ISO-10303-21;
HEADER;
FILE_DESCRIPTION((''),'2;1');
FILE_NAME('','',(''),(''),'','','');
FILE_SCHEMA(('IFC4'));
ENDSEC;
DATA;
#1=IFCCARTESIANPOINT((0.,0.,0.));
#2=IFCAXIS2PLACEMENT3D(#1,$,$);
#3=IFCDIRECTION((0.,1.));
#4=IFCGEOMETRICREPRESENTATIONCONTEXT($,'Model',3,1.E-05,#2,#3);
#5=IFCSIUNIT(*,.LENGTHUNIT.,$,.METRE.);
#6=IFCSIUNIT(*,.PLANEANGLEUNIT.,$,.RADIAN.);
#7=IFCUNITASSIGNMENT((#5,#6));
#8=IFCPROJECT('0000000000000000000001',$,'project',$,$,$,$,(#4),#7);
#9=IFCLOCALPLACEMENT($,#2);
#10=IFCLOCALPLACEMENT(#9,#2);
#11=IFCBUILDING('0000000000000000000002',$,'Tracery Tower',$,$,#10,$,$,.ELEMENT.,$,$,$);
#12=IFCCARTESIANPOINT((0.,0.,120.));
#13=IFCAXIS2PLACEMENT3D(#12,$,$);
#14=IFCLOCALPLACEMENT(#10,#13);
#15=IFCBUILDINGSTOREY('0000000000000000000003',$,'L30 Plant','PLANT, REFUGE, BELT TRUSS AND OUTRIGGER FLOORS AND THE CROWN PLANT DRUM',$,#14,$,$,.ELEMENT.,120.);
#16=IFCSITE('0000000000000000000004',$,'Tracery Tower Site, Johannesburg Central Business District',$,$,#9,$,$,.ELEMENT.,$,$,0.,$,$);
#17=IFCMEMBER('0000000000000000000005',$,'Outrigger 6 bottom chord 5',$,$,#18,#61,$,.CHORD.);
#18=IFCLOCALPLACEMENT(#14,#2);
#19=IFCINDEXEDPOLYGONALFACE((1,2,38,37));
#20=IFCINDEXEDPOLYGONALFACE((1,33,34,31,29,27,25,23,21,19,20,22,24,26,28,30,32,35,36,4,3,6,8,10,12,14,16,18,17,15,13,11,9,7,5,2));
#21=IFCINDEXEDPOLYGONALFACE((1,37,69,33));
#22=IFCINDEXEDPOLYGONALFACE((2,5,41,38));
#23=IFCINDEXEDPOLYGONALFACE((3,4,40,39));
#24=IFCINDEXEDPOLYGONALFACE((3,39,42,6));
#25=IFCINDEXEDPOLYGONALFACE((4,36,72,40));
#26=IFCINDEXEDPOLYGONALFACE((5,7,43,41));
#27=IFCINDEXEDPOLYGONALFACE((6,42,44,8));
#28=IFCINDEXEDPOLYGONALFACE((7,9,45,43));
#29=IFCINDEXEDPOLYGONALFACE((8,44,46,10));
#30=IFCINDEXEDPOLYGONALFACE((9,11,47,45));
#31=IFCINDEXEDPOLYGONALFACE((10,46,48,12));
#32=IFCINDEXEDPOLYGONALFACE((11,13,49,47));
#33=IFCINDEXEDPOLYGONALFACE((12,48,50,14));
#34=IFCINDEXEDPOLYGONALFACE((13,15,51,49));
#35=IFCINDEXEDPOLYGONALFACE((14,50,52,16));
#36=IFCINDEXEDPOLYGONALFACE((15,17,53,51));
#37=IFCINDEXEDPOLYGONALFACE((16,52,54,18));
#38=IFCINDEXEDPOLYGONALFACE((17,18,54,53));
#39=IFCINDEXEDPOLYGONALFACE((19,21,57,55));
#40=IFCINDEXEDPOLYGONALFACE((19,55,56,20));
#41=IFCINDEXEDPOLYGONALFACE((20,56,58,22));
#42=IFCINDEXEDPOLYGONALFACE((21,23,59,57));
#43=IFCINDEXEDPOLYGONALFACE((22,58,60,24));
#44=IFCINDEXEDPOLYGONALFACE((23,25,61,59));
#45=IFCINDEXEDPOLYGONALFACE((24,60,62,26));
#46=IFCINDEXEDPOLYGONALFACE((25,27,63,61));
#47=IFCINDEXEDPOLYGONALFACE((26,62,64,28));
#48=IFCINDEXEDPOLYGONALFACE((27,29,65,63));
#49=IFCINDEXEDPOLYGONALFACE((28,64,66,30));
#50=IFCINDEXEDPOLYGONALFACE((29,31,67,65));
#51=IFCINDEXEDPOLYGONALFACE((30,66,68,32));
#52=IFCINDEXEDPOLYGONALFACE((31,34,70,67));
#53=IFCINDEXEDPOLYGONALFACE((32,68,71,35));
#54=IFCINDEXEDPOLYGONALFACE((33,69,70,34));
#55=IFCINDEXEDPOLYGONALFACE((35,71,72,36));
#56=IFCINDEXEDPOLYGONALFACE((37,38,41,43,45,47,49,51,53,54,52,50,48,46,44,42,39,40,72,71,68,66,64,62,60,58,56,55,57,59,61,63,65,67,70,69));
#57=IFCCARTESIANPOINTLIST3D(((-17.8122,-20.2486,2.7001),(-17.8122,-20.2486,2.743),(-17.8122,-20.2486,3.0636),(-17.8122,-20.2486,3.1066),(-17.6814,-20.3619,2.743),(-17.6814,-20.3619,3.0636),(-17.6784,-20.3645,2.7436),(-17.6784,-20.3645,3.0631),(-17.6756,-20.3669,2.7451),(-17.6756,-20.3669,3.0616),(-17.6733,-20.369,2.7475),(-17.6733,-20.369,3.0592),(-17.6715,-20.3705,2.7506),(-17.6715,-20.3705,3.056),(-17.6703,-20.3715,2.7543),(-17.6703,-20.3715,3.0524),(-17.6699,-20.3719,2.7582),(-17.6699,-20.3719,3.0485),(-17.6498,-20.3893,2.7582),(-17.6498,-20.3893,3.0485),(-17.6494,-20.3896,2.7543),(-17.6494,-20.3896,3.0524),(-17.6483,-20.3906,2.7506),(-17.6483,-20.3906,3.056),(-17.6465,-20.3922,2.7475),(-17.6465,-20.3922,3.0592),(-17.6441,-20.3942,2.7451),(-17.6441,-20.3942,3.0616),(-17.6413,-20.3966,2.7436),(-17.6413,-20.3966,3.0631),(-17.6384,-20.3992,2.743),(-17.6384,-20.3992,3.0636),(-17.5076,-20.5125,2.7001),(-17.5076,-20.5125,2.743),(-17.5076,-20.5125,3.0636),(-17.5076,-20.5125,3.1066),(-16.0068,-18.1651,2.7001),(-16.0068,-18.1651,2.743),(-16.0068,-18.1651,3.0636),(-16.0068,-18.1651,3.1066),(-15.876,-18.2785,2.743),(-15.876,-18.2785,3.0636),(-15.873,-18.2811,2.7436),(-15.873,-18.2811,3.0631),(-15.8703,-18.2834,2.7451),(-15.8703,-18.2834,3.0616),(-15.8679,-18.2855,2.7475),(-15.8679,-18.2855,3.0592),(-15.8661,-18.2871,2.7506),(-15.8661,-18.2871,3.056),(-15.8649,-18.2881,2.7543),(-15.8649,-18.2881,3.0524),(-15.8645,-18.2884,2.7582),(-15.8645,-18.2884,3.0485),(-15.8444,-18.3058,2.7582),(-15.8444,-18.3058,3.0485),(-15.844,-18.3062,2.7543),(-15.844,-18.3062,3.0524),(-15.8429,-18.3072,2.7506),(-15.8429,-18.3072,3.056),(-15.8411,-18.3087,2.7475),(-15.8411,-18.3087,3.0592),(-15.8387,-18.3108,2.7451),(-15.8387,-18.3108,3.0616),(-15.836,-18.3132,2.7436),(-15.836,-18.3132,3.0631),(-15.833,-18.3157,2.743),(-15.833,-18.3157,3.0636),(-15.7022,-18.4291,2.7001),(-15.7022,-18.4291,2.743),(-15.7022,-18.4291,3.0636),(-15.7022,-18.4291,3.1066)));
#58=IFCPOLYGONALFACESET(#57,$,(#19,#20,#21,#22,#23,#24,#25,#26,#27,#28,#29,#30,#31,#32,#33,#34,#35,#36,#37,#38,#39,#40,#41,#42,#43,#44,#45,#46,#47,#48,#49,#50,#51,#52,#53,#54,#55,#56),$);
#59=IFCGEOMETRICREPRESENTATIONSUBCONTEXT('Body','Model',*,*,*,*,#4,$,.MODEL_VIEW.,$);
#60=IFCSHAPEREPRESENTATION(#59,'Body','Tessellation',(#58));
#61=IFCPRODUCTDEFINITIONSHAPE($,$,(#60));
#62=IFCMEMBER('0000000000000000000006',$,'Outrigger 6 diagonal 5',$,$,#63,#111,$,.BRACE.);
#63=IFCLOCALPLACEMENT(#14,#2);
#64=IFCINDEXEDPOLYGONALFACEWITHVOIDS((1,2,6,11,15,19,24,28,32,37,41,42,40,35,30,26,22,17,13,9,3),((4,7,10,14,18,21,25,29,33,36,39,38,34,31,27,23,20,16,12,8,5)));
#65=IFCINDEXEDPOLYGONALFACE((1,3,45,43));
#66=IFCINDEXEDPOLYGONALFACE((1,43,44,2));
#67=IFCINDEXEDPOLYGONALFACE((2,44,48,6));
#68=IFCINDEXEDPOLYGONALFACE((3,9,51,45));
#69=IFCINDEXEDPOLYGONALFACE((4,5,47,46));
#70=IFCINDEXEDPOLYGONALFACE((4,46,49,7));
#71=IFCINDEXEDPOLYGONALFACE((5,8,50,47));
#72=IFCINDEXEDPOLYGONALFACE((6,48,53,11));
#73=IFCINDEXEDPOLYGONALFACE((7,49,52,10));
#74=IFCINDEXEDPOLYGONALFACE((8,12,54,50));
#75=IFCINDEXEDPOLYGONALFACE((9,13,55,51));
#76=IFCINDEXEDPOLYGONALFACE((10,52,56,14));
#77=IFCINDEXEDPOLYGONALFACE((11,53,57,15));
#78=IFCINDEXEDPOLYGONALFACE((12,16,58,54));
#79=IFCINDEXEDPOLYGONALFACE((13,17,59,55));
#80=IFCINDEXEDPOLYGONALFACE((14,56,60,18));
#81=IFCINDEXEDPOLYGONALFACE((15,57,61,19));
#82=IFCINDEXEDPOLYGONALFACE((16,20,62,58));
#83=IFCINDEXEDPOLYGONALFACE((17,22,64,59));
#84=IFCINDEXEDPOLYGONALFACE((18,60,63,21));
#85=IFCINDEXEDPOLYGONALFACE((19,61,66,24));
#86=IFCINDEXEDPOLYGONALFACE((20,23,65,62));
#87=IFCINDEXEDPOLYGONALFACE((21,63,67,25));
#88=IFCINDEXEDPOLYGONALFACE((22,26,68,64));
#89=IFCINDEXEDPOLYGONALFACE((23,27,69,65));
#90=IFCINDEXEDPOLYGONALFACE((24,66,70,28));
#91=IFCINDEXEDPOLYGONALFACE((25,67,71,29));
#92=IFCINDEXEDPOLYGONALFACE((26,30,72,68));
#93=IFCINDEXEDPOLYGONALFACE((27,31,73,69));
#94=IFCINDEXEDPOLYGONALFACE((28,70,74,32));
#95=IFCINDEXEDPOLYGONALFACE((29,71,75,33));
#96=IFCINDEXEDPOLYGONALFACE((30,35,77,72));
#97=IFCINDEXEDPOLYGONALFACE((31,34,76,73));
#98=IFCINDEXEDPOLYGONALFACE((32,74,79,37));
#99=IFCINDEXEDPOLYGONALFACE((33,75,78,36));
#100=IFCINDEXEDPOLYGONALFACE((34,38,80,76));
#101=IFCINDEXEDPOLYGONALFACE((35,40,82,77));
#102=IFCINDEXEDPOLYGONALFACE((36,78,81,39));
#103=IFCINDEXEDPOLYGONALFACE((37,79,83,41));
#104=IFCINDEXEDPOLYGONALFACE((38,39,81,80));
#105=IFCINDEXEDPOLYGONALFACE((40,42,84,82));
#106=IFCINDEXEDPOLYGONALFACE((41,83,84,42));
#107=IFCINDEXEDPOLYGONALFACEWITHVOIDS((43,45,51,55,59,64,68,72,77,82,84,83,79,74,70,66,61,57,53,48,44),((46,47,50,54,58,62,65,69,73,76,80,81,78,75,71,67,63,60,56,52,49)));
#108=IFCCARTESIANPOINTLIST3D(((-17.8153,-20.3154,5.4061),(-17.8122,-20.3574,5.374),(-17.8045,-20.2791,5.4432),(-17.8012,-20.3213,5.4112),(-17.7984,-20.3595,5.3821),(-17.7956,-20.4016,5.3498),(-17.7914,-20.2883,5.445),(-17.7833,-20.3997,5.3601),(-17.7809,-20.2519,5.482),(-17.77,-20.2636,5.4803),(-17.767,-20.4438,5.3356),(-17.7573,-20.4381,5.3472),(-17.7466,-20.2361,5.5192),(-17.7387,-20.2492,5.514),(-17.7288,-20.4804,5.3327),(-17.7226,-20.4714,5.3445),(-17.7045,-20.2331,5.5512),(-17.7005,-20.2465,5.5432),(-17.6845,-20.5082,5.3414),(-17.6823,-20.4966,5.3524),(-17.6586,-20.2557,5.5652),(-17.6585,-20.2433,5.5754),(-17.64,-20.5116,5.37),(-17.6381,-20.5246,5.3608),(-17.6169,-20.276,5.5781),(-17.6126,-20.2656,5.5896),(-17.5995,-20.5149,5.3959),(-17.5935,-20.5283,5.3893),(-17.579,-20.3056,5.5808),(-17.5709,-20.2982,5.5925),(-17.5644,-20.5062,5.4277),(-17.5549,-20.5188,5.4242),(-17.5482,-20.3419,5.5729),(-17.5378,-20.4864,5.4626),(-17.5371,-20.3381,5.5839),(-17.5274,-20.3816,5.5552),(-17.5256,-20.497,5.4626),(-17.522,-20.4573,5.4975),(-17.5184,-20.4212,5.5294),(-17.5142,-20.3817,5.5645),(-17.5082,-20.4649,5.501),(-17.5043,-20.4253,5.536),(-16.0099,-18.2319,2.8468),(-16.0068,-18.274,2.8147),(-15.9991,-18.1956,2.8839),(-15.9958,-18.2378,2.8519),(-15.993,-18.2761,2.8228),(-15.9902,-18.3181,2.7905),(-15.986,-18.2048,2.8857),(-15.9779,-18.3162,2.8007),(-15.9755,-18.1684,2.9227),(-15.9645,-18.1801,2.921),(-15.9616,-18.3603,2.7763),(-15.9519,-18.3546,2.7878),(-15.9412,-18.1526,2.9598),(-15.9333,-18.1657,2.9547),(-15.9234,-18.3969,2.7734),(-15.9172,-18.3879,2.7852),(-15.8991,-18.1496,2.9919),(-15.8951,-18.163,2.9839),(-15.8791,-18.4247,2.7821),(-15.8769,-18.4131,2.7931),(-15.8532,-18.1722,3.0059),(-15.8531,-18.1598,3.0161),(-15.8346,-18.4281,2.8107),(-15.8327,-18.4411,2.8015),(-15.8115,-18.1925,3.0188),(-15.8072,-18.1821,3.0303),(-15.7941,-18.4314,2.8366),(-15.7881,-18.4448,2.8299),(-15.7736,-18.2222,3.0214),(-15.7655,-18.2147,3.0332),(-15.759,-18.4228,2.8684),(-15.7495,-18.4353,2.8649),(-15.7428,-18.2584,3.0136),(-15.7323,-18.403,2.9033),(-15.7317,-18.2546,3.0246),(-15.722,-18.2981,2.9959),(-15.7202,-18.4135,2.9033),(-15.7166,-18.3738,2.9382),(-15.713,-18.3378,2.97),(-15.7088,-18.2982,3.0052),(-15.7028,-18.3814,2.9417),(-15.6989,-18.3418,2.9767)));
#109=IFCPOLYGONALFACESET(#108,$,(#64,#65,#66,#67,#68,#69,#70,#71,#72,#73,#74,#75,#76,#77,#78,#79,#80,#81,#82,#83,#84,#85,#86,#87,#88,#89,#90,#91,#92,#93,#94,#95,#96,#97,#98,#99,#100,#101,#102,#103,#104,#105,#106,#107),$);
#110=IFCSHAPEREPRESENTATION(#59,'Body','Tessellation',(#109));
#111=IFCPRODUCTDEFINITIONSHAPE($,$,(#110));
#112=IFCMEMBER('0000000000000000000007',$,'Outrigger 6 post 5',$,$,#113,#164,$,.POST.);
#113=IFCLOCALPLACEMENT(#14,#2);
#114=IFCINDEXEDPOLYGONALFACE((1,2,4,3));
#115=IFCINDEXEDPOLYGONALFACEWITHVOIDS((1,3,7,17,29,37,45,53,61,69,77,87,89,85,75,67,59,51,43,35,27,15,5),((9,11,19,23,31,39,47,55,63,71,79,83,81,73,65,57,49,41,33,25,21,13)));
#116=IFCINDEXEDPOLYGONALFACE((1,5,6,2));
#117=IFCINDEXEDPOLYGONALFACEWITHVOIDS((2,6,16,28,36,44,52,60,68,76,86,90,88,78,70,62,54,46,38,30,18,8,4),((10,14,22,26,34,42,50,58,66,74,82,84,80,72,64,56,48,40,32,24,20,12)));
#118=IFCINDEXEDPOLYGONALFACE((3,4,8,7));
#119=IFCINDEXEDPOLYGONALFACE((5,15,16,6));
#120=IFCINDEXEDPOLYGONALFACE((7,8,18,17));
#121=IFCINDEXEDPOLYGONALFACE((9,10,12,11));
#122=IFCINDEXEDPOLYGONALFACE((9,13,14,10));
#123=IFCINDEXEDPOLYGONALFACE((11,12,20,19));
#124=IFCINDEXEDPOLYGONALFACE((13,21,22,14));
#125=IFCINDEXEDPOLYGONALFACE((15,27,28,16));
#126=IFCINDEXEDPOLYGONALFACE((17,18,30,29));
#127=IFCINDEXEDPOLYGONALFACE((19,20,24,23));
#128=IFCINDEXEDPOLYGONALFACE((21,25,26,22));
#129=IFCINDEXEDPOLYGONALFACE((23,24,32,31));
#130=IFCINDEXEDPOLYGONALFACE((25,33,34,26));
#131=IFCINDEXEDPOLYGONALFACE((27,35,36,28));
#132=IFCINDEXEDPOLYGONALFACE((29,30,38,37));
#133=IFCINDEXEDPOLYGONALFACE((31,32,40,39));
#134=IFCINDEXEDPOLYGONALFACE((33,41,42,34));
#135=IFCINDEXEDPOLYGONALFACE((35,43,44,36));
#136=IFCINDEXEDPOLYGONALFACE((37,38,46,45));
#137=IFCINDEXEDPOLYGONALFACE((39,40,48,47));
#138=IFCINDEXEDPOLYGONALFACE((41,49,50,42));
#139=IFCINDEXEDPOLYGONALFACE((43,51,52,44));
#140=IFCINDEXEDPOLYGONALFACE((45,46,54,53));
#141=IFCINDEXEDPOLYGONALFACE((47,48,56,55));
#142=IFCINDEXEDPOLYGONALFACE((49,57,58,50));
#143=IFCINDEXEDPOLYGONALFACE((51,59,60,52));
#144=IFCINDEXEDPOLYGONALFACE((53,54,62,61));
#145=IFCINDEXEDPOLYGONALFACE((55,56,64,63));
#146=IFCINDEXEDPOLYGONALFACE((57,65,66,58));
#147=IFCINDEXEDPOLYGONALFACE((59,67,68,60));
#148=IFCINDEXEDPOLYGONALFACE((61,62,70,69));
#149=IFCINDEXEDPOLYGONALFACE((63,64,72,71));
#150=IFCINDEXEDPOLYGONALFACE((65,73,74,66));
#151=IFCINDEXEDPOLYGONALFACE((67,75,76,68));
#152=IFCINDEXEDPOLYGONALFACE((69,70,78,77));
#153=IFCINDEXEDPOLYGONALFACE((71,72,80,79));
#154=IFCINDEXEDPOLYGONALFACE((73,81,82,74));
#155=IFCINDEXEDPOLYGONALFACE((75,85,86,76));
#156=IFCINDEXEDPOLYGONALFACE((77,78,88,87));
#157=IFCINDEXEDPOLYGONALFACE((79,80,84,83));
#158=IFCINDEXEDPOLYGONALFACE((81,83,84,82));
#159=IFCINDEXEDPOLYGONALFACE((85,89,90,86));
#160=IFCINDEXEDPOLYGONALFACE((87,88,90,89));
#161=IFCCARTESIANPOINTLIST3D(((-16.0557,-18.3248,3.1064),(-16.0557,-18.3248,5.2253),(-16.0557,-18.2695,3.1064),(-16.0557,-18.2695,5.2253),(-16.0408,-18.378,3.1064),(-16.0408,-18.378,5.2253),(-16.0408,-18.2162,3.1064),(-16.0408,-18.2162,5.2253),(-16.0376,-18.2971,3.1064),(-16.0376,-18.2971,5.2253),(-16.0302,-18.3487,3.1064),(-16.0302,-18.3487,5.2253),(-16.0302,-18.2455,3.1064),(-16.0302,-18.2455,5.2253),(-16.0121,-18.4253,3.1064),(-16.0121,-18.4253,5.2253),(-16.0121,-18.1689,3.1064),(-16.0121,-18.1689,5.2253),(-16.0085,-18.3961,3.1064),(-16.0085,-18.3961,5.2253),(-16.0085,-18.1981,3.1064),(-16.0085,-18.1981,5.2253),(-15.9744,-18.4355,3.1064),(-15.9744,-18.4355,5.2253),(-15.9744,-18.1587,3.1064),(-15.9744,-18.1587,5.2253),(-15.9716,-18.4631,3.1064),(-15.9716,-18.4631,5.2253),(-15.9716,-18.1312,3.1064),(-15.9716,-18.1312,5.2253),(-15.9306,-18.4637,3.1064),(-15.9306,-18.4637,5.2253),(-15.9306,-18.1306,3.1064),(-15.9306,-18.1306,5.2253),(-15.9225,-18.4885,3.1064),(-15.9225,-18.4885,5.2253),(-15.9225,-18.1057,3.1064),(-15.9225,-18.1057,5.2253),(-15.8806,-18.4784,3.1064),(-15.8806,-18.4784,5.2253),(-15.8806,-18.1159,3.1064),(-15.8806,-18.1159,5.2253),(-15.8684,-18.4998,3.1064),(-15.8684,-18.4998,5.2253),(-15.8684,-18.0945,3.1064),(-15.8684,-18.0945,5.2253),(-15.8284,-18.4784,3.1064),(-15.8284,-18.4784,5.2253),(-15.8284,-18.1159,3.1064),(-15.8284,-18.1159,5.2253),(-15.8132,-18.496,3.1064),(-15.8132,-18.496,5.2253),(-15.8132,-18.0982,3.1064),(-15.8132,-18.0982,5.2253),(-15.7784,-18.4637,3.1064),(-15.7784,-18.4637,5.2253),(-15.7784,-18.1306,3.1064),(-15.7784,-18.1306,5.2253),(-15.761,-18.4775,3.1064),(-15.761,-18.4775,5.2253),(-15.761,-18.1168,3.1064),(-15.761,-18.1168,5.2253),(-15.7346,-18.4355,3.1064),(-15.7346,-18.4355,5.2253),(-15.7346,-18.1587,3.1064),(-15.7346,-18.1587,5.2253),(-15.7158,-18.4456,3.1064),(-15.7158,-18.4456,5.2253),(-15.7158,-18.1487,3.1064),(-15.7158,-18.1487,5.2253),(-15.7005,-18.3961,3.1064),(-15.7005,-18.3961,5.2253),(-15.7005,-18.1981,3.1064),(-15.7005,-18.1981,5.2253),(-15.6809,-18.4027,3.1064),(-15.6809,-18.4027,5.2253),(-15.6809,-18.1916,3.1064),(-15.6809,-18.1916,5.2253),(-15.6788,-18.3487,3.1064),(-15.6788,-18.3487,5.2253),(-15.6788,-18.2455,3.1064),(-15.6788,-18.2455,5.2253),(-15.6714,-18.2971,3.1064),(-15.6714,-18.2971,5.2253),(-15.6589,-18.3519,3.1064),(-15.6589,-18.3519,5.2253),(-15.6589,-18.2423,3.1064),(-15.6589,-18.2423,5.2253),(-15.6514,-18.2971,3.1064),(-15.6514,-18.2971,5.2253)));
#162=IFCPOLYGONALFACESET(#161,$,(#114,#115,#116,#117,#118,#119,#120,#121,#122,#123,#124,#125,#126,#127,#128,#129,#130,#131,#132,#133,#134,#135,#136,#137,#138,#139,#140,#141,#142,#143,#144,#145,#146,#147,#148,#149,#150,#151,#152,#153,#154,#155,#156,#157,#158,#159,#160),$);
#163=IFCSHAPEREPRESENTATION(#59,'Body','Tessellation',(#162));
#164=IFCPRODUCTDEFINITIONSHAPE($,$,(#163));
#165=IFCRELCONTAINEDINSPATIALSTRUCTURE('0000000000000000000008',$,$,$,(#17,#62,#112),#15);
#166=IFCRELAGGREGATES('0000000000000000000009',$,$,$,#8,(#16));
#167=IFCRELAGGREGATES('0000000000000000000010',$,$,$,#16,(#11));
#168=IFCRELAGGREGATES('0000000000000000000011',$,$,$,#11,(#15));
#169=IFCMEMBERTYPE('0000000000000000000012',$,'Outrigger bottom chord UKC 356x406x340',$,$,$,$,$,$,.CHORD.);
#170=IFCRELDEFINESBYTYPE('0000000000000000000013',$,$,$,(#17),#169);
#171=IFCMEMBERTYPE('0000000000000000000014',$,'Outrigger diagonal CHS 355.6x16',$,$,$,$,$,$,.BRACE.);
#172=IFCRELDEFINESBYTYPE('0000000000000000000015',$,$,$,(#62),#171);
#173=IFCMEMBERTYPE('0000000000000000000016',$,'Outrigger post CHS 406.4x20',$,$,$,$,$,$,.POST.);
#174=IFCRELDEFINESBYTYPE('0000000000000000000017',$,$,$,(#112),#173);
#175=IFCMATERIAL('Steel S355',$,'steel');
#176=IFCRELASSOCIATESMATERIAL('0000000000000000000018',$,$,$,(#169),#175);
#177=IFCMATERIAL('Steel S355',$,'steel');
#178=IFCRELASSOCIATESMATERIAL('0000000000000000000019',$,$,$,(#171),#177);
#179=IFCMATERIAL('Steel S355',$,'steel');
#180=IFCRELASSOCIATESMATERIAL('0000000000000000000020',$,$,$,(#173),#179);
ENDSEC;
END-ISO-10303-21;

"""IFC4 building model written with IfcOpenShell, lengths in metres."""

from ifc_helpers import new_model, si_unit, direction, frame, origin, origin_2d, place, context, subcontext, project, spatial, hollow_circle, i_section, extrude, material, material_profile, profile_set, type_object, element, save


model = new_model("IFC4")

# Units and contexts
model_context = context("Model", 3, precision=1e-05, world=origin(), true_north=direction((0.0, 1.0)))
body_context = subcontext(model_context, "Body", "Model", "MODEL_VIEW")
ifc_project = project(units=[si_unit("LENGTHUNIT", "METRE"), si_unit("PLANEANGLEUNIT", "RADIAN")], contexts=[model_context])

# Site, building, storey
site_placement = place(None, origin())
site = spatial("IfcSite", under=ifc_project, at=site_placement, Name="Tracery Tower Site, Johannesburg Central Business District", CompositionType="ELEMENT", RefElevation=0.0)
building_placement = place(site_placement, origin())
building = spatial("IfcBuilding", under=site, at=building_placement, Name="Tracery Tower", CompositionType="ELEMENT")
storey_placement = place(building_placement, frame((0.0, 0.0, 120.0)))
storey = spatial("IfcBuildingStorey", under=building, at=storey_placement, Name="L30 Plant", Description="PLANT, REFUGE, BELT TRUSS AND OUTRIGGER FLOORS AND THE CROWN PLANT DRUM", CompositionType="ELEMENT", Elevation=120.0)

# Members
ifc_material_1 = material(Name="Steel S355", Category="steel")
ifc_material_profile_1 = material_profile(ifc_material_1, i_section(OverallWidth=0.4031, OverallDepth=0.4065, WebThickness=0.0266, FlangeThickness=0.043, FilletRadius=0.0151, at=origin_2d()), Name="UKC 356x406x340")
ifc_profile_set_1 = profile_set([ifc_material_profile_1], Name="Steel S355")
member_type_1 = type_object("IfcMemberType", Name="Outrigger bottom chord UKC 356x406x340", PredefinedType="CHORD", material=ifc_profile_set_1)
member_1_placement = place(storey_placement, frame((-15.8545, -18.2971, 2.9033), z_axis=(-0.654873, -0.755739, 0.0), x_axis=(0.755739, -0.654873, 0.0)))
element("IfcMember", 1, at=member_1_placement, inside=storey, type_object=member_type_1, Name="Outrigger 6 bottom chord 5", PredefinedType="CHORD", context=body_context, shape_type="SweptSolid", body=[
    extrude(i_section(OverallWidth=0.4031, OverallDepth=0.4065, WebThickness=0.0266, FlangeThickness=0.043, FilletRadius=0.0151, at=origin_2d()), origin(), (0.0, 0.0, 1.0), 2.7568),
])
ifc_material_2 = material(Name="Steel S355", Category="steel")
ifc_material_profile_2 = material_profile(ifc_material_2, hollow_circle(Radius=0.1777, WallThickness=0.0161, at=origin_2d()), Name="CHS 355.6x16")
ifc_profile_set_2 = profile_set([ifc_material_profile_2], Name="Steel S355")
member_type_2 = type_object("IfcMemberType", Name="Outrigger diagonal CHS 355.6x16", PredefinedType="BRACE", material=ifc_profile_set_2)
member_2_placement = place(storey_placement, frame((-15.8545, -18.2971, 2.9033), z_axis=(-0.479943, -0.553866, 0.680358), x_axis=(0.755739, -0.654873, 0.0)))
element("IfcMember", 2, at=member_2_placement, inside=storey, type_object=member_type_2, Name="Outrigger 6 diagonal 5", PredefinedType="BRACE", context=body_context, shape_type="SweptSolid", body=[
    extrude(hollow_circle(Radius=0.1777, WallThickness=0.0161, at=origin_2d()), origin(), (0.0, 0.0, 1.0), 3.7617),
])
ifc_material_3 = material(Name="Steel S355", Category="steel")
ifc_material_profile_3 = material_profile(ifc_material_3, hollow_circle(Radius=0.2031, WallThickness=0.02, at=origin_2d()), Name="CHS 406.4x20")
ifc_profile_set_3 = profile_set([ifc_material_profile_3], Name="Steel S355")
member_type_3 = type_object("IfcMemberType", Name="Outrigger post CHS 406.4x20", PredefinedType="POST", material=ifc_profile_set_3)
member_3_placement = place(storey_placement, frame((-15.8545, -18.2971, 3.1064), z_axis=(0.0, 0.0, 1.0), x_axis=(1.0, 0.0, 0.0)))
element("IfcMember", 3, at=member_3_placement, inside=storey, type_object=member_type_3, Name="Outrigger 6 post 5", PredefinedType="POST", context=body_context, shape_type="SweptSolid", body=[
    extrude(hollow_circle(Radius=0.2031, WallThickness=0.02, at=origin_2d()), origin(), (0.0, 0.0, 1.0), 2.1189),
])

save(model, "model.ifc")
